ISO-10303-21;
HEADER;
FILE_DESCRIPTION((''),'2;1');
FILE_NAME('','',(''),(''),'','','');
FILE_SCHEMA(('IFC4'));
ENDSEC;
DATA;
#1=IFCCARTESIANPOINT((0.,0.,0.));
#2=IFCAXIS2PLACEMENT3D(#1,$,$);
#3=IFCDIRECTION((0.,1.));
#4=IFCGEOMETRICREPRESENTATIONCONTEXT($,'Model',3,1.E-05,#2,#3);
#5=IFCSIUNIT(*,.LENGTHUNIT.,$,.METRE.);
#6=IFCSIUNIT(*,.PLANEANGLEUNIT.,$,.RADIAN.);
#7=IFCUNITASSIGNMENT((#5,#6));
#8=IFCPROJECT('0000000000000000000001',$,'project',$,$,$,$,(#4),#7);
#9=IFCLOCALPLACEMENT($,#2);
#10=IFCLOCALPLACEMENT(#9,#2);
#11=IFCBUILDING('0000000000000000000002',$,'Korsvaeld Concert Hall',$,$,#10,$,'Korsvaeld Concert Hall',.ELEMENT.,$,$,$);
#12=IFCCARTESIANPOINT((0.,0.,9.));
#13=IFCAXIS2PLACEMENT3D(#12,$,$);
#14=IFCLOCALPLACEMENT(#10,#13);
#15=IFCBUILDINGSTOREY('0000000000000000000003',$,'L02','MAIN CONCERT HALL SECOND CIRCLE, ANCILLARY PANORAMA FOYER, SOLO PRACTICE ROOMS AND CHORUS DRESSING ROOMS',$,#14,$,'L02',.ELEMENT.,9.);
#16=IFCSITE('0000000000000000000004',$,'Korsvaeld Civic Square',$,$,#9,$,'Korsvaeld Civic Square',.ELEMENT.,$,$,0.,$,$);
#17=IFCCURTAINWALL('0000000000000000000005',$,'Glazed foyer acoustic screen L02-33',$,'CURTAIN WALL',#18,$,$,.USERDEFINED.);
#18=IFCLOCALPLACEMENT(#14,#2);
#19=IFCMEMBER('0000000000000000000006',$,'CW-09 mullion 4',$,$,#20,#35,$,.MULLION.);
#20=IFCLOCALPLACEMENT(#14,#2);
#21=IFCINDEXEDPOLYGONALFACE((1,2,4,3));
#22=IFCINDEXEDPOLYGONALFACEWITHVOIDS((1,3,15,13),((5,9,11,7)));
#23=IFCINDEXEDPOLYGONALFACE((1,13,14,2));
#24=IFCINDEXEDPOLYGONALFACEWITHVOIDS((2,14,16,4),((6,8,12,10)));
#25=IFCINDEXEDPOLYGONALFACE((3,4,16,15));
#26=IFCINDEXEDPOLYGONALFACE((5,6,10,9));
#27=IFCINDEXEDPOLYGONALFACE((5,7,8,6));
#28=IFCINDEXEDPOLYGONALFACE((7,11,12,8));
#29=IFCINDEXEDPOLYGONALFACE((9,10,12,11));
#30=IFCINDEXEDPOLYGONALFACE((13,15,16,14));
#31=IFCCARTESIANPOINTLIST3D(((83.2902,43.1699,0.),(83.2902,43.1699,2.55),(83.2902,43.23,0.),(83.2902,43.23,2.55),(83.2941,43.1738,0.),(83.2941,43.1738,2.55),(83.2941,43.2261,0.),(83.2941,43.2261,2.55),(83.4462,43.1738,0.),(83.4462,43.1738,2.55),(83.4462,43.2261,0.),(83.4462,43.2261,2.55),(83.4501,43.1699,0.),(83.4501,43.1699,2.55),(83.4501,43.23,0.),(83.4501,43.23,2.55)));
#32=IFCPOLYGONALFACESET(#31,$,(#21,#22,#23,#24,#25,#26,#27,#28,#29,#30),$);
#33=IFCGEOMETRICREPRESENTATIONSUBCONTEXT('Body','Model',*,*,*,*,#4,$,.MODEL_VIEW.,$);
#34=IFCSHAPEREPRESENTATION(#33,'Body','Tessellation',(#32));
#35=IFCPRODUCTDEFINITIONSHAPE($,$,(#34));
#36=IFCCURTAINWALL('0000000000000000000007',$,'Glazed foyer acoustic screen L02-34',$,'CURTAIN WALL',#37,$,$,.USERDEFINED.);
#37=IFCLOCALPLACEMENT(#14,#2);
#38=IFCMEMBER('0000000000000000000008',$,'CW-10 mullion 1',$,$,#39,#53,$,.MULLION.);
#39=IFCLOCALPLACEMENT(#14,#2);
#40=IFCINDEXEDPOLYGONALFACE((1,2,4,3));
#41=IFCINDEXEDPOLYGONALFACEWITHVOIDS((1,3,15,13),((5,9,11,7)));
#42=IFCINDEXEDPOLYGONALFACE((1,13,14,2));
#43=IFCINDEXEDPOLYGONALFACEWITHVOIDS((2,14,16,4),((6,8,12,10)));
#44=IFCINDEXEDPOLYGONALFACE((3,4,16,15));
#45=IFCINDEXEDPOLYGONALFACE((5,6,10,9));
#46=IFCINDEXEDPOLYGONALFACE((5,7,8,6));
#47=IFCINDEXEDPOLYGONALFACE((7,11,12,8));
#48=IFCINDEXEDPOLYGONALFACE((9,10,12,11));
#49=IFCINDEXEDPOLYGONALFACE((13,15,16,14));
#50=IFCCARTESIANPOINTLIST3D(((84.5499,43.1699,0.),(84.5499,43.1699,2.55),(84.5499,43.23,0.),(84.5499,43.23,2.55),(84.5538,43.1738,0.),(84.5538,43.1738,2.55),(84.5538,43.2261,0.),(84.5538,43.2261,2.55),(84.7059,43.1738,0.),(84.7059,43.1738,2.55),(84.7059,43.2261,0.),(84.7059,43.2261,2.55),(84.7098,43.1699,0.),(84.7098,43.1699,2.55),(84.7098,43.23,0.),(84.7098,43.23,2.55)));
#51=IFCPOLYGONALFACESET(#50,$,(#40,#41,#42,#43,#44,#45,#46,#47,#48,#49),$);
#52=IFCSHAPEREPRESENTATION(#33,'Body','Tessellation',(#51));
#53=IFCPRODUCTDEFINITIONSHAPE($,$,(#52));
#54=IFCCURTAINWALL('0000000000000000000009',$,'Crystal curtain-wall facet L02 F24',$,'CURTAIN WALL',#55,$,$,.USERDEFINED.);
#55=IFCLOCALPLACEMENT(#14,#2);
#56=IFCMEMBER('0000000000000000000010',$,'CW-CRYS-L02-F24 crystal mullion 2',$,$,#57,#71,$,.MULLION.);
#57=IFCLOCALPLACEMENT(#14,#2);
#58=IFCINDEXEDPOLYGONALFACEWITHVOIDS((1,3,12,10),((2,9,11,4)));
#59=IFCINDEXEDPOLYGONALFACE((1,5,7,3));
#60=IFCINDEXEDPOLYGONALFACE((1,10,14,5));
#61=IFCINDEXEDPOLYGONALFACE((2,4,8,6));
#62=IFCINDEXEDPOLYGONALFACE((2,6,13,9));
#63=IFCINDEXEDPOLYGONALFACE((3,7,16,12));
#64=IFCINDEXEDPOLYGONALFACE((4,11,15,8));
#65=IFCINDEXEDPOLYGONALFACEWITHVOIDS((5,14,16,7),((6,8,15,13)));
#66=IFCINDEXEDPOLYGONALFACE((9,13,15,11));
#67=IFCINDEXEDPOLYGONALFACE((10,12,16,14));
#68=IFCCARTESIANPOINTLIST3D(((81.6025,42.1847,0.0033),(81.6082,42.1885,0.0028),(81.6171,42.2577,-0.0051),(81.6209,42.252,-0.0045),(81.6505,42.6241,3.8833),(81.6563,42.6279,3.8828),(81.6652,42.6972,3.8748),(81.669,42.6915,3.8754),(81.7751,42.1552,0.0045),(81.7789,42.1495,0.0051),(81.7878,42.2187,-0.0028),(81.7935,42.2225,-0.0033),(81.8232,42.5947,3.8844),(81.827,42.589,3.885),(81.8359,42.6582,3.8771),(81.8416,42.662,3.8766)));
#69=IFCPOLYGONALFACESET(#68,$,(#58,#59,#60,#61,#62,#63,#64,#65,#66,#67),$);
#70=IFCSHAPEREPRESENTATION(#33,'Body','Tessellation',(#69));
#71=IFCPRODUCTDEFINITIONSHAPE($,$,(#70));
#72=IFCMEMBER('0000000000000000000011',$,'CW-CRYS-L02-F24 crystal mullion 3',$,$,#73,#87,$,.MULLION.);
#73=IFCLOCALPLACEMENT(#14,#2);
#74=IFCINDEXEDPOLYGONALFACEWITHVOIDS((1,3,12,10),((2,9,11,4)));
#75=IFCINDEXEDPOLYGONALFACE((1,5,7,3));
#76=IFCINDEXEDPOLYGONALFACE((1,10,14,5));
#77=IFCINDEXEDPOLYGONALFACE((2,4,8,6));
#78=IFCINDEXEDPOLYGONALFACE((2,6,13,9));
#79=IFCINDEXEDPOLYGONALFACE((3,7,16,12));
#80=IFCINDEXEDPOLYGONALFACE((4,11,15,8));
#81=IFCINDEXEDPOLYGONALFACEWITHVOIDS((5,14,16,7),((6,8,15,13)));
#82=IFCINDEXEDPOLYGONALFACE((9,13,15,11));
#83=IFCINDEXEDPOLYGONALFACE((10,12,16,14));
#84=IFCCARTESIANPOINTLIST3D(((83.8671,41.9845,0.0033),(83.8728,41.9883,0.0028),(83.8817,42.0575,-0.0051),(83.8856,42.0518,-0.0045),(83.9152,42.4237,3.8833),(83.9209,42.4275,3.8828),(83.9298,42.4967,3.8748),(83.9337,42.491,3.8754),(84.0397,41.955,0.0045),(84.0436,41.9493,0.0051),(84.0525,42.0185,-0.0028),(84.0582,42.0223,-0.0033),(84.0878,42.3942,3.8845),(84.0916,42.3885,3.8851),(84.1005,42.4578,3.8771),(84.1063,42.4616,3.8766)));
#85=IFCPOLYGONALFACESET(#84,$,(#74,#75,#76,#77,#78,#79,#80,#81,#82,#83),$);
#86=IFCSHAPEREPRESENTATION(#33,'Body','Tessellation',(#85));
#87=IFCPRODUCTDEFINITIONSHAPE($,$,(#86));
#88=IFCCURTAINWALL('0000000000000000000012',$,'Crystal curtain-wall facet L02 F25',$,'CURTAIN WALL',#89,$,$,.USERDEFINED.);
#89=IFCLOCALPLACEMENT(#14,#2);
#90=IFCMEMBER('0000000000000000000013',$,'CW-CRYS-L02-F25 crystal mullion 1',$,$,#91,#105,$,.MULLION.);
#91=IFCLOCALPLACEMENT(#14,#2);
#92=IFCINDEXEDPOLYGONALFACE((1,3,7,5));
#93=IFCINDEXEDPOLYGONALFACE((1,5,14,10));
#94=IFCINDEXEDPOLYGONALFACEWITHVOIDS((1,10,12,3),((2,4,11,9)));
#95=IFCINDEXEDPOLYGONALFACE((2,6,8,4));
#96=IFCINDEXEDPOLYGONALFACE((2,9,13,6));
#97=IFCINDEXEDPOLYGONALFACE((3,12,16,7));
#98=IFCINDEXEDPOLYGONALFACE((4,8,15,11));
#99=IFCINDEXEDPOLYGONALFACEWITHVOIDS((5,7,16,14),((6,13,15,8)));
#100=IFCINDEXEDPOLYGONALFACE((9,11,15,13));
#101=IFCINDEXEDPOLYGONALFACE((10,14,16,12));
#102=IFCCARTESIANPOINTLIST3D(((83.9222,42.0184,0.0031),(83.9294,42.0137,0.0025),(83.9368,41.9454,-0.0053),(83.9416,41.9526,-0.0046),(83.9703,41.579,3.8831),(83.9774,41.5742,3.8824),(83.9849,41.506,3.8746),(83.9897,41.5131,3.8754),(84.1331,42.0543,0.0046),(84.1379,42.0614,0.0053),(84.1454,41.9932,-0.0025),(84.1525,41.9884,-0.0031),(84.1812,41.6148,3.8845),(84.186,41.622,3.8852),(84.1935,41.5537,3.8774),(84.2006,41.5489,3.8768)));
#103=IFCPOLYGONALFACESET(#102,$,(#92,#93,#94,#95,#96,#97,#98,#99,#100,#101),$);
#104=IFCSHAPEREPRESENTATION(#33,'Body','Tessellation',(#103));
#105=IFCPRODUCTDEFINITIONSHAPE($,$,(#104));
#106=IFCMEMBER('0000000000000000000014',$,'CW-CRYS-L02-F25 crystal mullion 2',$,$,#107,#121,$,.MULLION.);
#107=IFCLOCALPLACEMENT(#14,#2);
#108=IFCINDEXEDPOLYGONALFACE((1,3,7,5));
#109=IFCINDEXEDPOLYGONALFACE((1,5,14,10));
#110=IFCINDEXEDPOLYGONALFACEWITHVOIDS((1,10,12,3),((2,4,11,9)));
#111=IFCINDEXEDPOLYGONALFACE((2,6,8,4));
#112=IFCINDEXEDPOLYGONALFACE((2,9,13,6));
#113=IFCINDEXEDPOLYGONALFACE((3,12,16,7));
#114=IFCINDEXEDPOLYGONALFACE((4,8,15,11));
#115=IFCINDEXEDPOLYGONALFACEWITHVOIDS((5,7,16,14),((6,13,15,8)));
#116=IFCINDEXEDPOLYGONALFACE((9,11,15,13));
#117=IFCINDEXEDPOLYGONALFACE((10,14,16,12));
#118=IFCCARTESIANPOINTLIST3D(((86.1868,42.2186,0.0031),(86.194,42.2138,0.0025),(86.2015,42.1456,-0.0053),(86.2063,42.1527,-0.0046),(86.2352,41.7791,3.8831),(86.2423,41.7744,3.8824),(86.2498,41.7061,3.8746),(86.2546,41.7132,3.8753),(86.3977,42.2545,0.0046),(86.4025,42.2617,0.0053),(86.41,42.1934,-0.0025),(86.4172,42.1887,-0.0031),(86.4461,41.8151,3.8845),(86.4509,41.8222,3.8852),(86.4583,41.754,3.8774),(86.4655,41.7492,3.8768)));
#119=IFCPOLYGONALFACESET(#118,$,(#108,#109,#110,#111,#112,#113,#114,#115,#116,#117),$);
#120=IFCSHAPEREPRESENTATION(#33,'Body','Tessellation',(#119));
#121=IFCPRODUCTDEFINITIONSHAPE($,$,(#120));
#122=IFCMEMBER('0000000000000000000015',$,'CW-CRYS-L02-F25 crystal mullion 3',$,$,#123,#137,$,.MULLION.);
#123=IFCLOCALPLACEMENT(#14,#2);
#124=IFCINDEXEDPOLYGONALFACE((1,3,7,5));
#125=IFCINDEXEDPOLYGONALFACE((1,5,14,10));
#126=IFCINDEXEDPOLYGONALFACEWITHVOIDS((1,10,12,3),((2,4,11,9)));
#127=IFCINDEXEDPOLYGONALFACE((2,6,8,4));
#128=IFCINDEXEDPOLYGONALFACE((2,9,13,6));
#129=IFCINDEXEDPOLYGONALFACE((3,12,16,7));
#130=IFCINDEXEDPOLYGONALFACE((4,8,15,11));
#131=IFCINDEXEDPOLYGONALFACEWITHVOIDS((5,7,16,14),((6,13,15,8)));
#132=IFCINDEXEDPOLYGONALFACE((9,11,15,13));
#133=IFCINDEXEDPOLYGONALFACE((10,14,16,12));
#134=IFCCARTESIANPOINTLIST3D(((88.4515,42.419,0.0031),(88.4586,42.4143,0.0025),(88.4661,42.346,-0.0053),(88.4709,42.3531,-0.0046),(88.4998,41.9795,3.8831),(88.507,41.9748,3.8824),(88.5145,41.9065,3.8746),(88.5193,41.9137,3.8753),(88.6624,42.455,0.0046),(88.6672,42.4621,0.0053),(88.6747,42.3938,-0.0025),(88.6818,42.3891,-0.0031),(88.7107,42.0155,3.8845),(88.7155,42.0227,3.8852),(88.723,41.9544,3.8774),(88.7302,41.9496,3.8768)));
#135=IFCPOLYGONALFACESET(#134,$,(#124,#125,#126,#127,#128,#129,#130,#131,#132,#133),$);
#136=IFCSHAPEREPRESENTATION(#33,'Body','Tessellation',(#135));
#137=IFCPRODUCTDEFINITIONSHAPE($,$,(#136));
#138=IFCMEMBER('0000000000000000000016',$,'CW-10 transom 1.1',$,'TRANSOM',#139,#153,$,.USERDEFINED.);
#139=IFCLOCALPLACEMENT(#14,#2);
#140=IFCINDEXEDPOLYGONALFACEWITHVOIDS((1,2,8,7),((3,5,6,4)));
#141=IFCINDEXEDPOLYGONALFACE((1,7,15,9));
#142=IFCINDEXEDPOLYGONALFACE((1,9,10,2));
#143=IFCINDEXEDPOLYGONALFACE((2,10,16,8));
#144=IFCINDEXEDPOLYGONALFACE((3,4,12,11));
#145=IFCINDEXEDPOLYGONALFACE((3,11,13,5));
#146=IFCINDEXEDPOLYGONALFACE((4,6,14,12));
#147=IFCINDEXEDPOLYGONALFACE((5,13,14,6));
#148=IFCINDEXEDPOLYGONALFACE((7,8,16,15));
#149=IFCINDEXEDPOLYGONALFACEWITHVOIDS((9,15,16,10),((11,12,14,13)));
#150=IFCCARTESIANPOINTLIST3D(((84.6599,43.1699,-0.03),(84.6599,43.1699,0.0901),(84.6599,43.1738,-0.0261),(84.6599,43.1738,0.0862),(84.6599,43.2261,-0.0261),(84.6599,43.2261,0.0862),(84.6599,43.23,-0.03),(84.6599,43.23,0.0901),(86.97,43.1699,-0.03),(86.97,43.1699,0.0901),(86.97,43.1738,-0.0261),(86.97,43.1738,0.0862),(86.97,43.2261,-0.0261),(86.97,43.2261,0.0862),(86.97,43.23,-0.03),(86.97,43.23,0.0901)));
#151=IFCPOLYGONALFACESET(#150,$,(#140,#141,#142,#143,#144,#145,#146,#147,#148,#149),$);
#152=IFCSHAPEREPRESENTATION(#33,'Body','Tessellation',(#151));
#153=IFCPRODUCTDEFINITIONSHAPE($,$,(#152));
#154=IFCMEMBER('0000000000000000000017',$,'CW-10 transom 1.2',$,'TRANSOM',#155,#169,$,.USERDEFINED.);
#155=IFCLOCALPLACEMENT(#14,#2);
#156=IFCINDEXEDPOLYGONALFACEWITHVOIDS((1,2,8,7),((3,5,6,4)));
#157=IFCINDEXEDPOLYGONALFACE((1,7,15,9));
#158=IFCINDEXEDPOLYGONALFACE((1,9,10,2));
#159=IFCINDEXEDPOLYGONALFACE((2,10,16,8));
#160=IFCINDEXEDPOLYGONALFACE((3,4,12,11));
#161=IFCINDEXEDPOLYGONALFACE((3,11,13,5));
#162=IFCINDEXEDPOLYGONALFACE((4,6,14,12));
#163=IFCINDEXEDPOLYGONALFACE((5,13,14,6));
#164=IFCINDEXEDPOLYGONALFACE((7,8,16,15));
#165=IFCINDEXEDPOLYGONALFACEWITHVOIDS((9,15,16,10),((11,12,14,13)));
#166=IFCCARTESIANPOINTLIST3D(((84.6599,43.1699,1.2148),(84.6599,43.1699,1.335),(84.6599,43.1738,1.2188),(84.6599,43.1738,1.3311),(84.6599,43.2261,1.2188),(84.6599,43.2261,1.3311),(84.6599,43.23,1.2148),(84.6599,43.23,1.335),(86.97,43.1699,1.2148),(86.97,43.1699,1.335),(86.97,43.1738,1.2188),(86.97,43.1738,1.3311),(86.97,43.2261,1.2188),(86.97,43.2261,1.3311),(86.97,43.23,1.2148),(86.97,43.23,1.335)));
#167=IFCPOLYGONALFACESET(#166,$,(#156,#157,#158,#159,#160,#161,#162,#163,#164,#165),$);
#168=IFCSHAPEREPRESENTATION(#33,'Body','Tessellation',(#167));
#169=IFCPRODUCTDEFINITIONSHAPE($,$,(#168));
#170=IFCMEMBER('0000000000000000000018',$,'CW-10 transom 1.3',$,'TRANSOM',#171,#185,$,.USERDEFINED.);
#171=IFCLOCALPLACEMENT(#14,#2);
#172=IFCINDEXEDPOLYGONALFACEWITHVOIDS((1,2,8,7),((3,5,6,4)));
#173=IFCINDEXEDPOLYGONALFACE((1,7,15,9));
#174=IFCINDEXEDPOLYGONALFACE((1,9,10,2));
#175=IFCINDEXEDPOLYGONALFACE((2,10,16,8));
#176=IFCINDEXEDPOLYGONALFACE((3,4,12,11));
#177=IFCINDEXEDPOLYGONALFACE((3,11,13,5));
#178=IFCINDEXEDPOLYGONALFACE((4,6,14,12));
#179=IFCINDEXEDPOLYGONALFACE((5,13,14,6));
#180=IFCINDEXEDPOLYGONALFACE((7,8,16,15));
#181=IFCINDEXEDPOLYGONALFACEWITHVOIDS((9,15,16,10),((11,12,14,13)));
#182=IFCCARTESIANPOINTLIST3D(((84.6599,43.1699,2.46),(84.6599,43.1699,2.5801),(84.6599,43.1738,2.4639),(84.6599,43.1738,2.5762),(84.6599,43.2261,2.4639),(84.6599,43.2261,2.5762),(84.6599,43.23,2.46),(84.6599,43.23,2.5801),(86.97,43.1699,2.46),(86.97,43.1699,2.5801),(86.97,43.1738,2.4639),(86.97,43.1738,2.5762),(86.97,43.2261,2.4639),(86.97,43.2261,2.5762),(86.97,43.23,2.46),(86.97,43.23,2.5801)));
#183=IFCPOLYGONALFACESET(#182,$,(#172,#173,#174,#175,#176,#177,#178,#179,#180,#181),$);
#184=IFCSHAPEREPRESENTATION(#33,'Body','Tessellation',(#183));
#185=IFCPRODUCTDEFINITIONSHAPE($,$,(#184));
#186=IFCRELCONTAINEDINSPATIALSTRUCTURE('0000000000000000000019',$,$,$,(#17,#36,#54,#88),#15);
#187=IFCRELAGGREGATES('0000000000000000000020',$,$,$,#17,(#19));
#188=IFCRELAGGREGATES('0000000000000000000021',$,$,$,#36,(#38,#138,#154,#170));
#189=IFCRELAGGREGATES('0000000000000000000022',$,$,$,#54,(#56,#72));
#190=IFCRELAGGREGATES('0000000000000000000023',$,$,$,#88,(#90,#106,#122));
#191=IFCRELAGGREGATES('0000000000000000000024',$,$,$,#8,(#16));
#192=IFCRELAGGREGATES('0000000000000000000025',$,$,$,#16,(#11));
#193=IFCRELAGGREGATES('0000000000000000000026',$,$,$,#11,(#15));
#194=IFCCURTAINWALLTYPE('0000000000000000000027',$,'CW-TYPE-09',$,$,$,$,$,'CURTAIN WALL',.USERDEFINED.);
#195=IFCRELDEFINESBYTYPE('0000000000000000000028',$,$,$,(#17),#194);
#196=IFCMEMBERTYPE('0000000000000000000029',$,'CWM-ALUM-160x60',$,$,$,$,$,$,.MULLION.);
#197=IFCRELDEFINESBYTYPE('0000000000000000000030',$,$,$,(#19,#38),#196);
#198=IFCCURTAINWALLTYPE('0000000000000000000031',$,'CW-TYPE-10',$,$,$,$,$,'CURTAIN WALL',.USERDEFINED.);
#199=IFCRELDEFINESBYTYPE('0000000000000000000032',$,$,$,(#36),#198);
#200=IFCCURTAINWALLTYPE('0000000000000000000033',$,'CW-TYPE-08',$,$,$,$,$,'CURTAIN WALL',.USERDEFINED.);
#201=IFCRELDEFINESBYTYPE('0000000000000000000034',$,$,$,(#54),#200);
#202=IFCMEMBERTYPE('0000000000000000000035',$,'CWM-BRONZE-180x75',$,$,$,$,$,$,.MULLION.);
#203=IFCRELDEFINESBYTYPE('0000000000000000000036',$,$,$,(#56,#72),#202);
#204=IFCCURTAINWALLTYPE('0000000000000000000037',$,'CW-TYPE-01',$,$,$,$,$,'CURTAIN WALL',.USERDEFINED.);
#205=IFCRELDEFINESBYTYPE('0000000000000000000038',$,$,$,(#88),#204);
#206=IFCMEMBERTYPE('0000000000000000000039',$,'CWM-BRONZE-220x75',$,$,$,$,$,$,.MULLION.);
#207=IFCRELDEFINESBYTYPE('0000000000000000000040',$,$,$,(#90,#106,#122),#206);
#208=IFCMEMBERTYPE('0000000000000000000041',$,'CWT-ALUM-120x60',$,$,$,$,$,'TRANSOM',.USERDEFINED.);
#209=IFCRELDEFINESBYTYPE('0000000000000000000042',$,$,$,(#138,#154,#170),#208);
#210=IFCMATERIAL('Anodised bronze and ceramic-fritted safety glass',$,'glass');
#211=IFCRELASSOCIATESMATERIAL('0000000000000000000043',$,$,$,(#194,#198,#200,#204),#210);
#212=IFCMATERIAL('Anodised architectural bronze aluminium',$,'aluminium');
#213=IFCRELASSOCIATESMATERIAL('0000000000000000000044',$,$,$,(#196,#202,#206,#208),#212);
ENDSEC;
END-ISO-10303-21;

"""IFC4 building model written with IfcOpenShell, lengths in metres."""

from ifc_helpers import new_model, si_unit, direction, frame, origin, origin_2d, place, context, subcontext, project, spatial, hollow_rectangle, extrude, material, material_profile, profile_set, type_object, element, aggregate, save


model = new_model("IFC4")

# Units and contexts
model_context = context("Model", 3, precision=1e-05, world=origin(), true_north=direction((0.0, 1.0)))
body_context = subcontext(model_context, "Body", "Model", "MODEL_VIEW")
ifc_project = project(units=[si_unit("LENGTHUNIT", "METRE"), si_unit("PLANEANGLEUNIT", "RADIAN")], contexts=[model_context])

# Site, building, storey
site_placement = place(None, origin())
site = spatial("IfcSite", under=ifc_project, at=site_placement, Name="Korsvaeld Civic Square", LongName="Korsvaeld Civic Square", CompositionType="ELEMENT", RefElevation=0.0)
building_placement = place(site_placement, origin())
building = spatial("IfcBuilding", under=site, at=building_placement, Name="Korsvaeld Concert Hall", LongName="Korsvaeld Concert Hall", CompositionType="ELEMENT")
storey_placement = place(building_placement, frame((0.0, 0.0, 9.0)))
storey = spatial("IfcBuildingStorey", under=building, at=storey_placement, Name="L02", Description="MAIN CONCERT HALL SECOND CIRCLE, ANCILLARY PANORAMA FOYER, SOLO PRACTICE ROOMS AND CHORUS DRESSING ROOMS", LongName="L02", CompositionType="ELEMENT", Elevation=9.0)

# Curtain walls, members
ifc_material_1 = material(Name="Anodised bronze and ceramic-fritted safety glass", Category="glass")
curtain_wall_type_1 = type_object("IfcCurtainWallType", Name="CW-TYPE-09", ElementType="CURTAIN WALL", PredefinedType="USERDEFINED", material=ifc_material_1)
curtain_wall_1_placement = place(storey_placement, origin())
curtain_wall_1 = element("IfcCurtainWall", 1, at=curtain_wall_1_placement, inside=storey, type_object=curtain_wall_type_1, Name="Glazed foyer acoustic screen L02-33", ObjectType="CURTAIN WALL", PredefinedType="USERDEFINED")
ifc_material_2 = material(Name="Anodised architectural bronze aluminium", Category="aluminium")
ifc_material_profile_1 = material_profile(ifc_material_2, hollow_rectangle(XDim=0.0601, YDim=0.1599, WallThickness=0.0039, at=origin_2d()), Name="CWM 160x60x4")
ifc_profile_set_1 = profile_set([ifc_material_profile_1], Name="Anodised architectural bronze aluminium")
member_type_1 = type_object("IfcMemberType", Name="CWM-ALUM-160x60", PredefinedType="MULLION", material=ifc_profile_set_1)
member_1_placement = place(storey_placement, frame((83.3701, 43.2, 0.0), z_axis=(0.0, 0.0, 1.0), x_axis=(0.0, 1.0, 0.0)))
member_1 = element("IfcMember", 2, at=member_1_placement, type_object=member_type_1, Name="CW-09 mullion 4", PredefinedType="MULLION", context=body_context, shape_type="SweptSolid", body=[
    extrude(hollow_rectangle(XDim=0.0601, YDim=0.1599, WallThickness=0.0039, at=origin_2d()), origin(), (0.0, 0.0, 1.0), 2.55),
])
curtain_wall_type_2 = type_object("IfcCurtainWallType", Name="CW-TYPE-10", ElementType="CURTAIN WALL", PredefinedType="USERDEFINED", material=ifc_material_1)
curtain_wall_2_placement = place(storey_placement, origin())
curtain_wall_2 = element("IfcCurtainWall", 3, at=curtain_wall_2_placement, inside=storey, type_object=curtain_wall_type_2, Name="Glazed foyer acoustic screen L02-34", ObjectType="CURTAIN WALL", PredefinedType="USERDEFINED")
member_2_placement = place(storey_placement, frame((84.6299, 43.2, 0.0), z_axis=(0.0, 0.0, 1.0), x_axis=(0.0, 1.0, 0.0)))
member_2 = element("IfcMember", 4, at=member_2_placement, type_object=member_type_1, Name="CW-10 mullion 1", PredefinedType="MULLION", context=body_context, shape_type="SweptSolid", body=[
    extrude(hollow_rectangle(XDim=0.0601, YDim=0.1599, WallThickness=0.0039, at=origin_2d()), origin(), (0.0, 0.0, 1.0), 2.55),
])

# Curtain walls, members
curtain_wall_type_3 = type_object("IfcCurtainWallType", Name="CW-TYPE-08", ElementType="CURTAIN WALL", PredefinedType="USERDEFINED", material=ifc_material_1)
curtain_wall_3_placement = place(storey_placement, origin())
curtain_wall_3 = element("IfcCurtainWall", 5, at=curtain_wall_3_placement, inside=storey, type_object=curtain_wall_type_3, Name="Crystal curtain-wall facet L02 F24", ObjectType="CURTAIN WALL", PredefinedType="USERDEFINED")
ifc_material_profile_2 = material_profile(ifc_material_2, hollow_rectangle(XDim=0.075, YDim=0.1799, WallThickness=0.0049, at=origin_2d()), Name="CWM 180x75x5")
ifc_profile_set_2 = profile_set([ifc_material_profile_2], Name="Anodised architectural bronze aluminium")
member_type_2 = type_object("IfcMemberType", Name="CWM-BRONZE-180x75", PredefinedType="MULLION", material=ifc_profile_set_2)
member_3_placement = place(storey_placement, frame((81.698, 42.2036, 0.0), z_axis=(0.012316, 0.112536, 0.993571), x_axis=(-0.195293, -0.97424, 0.112768)))
member_3 = element("IfcMember", 6, at=member_3_placement, type_object=member_type_2, Name="CW-CRYS-L02-F24 crystal mullion 2", PredefinedType="MULLION", context=body_context, shape_type="SweptSolid", body=[
    extrude(hollow_rectangle(XDim=0.075, YDim=0.1799, WallThickness=0.0049, at=origin_2d()), origin(), (0.0, 0.0, 1.0), 3.905),
])
member_4_placement = place(storey_placement, frame((83.9626, 42.0034, 0.0), z_axis=(0.012317, 0.112475, 0.993578), x_axis=(-0.195353, -0.974235, 0.112707)))
member_4 = element("IfcMember", 7, at=member_4_placement, type_object=member_type_2, Name="CW-CRYS-L02-F24 crystal mullion 3", PredefinedType="MULLION", context=body_context, shape_type="SweptSolid", body=[
    extrude(hollow_rectangle(XDim=0.075, YDim=0.1799, WallThickness=0.0049, at=origin_2d()), origin(), (0.0, 0.0, 1.0), 3.905),
])
curtain_wall_type_4 = type_object("IfcCurtainWallType", Name="CW-TYPE-01", ElementType="CURTAIN WALL", PredefinedType="USERDEFINED", material=ifc_material_1)
curtain_wall_4_placement = place(storey_placement, origin())
curtain_wall_4 = element("IfcCurtainWall", 8, at=curtain_wall_4_placement, inside=storey, type_object=curtain_wall_type_4, Name="Crystal curtain-wall facet L02 F25", ObjectType="CURTAIN WALL", PredefinedType="USERDEFINED")
ifc_material_profile_3 = material_profile(ifc_material_2, hollow_rectangle(XDim=0.075, YDim=0.22, WallThickness=0.0061, at=origin_2d()), Name="CWM 220x75x6")
ifc_profile_set_3 = profile_set([ifc_material_profile_3], Name="Anodised architectural bronze aluminium")
member_type_3 = type_object("IfcMemberType", Name="CWM-BRONZE-220x75", PredefinedType="MULLION", material=ifc_profile_set_3)
member_5_placement = place(storey_placement, frame((84.0374, 42.0034, 0.0), z_axis=(0.012316, -0.112536, 0.993571), x_axis=(-0.195293, 0.97424, 0.112768)))
member_5 = element("IfcMember", 9, at=member_5_placement, type_object=member_type_3, Name="CW-CRYS-L02-F25 crystal mullion 1", PredefinedType="MULLION", context=body_context, shape_type="SweptSolid", body=[
    extrude(hollow_rectangle(XDim=0.075, YDim=0.22, WallThickness=0.0061, at=origin_2d()), origin(), (0.0, 0.0, 1.0), 3.905),
])
member_6_placement = place(storey_placement, frame((86.302, 42.2036, 0.0), z_axis=(0.012379, -0.112536, 0.993571), x_axis=(-0.195828, 0.974132, 0.112774)))
member_6 = element("IfcMember", 10, at=member_6_placement, type_object=member_type_3, Name="CW-CRYS-L02-F25 crystal mullion 2", PredefinedType="MULLION", context=body_context, shape_type="SweptSolid", body=[
    extrude(hollow_rectangle(XDim=0.075, YDim=0.22, WallThickness=0.0061, at=origin_2d()), origin(), (0.0, 0.0, 1.0), 3.905),
])
member_7_placement = place(storey_placement, frame((88.5667, 42.4041, 0.0), z_axis=(0.012379, -0.112536, 0.993571), x_axis=(-0.195828, 0.974132, 0.112774)))
member_7 = element("IfcMember", 11, at=member_7_placement, type_object=member_type_3, Name="CW-CRYS-L02-F25 crystal mullion 3", PredefinedType="MULLION", context=body_context, shape_type="SweptSolid", body=[
    extrude(hollow_rectangle(XDim=0.075, YDim=0.22, WallThickness=0.0061, at=origin_2d()), origin(), (0.0, 0.0, 1.0), 3.905),
])

# Members
ifc_material_profile_4 = material_profile(ifc_material_2, hollow_rectangle(XDim=0.0601, YDim=0.1201, WallThickness=0.0039, at=origin_2d()), Name="CWT 120x60x4")
ifc_profile_set_4 = profile_set([ifc_material_profile_4], Name="Anodised architectural bronze aluminium")
member_type_4 = type_object("IfcMemberType", Name="CWT-ALUM-120x60", ElementType="TRANSOM", PredefinedType="USERDEFINED", material=ifc_profile_set_4)
member_8_placement = place(storey_placement, frame((84.6599, 43.2, 0.03), z_axis=(1.0, 0.0, 0.0), x_axis=(0.0, 1.0, 0.0)))
member_8 = element("IfcMember", 12, at=member_8_placement, type_object=member_type_4, Name="CW-10 transom 1.1", ObjectType="TRANSOM", PredefinedType="USERDEFINED", context=body_context, shape_type="SweptSolid", body=[
    extrude(hollow_rectangle(XDim=0.0601, YDim=0.1201, WallThickness=0.0039, at=origin_2d()), origin(), (0.0, 0.0, 1.0), 2.3101),
])
member_9_placement = place(storey_placement, frame((84.6599, 43.2, 1.2749), z_axis=(1.0, 0.0, 0.0), x_axis=(0.0, 1.0, 0.0)))
member_9 = element("IfcMember", 13, at=member_9_placement, type_object=member_type_4, Name="CW-10 transom 1.2", ObjectType="TRANSOM", PredefinedType="USERDEFINED", context=body_context, shape_type="SweptSolid", body=[
    extrude(hollow_rectangle(XDim=0.0601, YDim=0.1201, WallThickness=0.0039, at=origin_2d()), origin(), (0.0, 0.0, 1.0), 2.3101),
])
member_10_placement = place(storey_placement, frame((84.6599, 43.2, 2.52), z_axis=(1.0, 0.0, 0.0), x_axis=(0.0, 1.0, 0.0)))
member_10 = element("IfcMember", 14, at=member_10_placement, type_object=member_type_4, Name="CW-10 transom 1.3", ObjectType="TRANSOM", PredefinedType="USERDEFINED", context=body_context, shape_type="SweptSolid", body=[
    extrude(hollow_rectangle(XDim=0.0601, YDim=0.1201, WallThickness=0.0039, at=origin_2d()), origin(), (0.0, 0.0, 1.0), 2.3101),
])

aggregate(curtain_wall_1, [member_1])
aggregate(curtain_wall_2, [member_2, member_8, member_9, member_10])
aggregate(curtain_wall_3, [member_3, member_4])
aggregate(curtain_wall_4, [member_5, member_6, member_7])

save(model, "model.ifc")
